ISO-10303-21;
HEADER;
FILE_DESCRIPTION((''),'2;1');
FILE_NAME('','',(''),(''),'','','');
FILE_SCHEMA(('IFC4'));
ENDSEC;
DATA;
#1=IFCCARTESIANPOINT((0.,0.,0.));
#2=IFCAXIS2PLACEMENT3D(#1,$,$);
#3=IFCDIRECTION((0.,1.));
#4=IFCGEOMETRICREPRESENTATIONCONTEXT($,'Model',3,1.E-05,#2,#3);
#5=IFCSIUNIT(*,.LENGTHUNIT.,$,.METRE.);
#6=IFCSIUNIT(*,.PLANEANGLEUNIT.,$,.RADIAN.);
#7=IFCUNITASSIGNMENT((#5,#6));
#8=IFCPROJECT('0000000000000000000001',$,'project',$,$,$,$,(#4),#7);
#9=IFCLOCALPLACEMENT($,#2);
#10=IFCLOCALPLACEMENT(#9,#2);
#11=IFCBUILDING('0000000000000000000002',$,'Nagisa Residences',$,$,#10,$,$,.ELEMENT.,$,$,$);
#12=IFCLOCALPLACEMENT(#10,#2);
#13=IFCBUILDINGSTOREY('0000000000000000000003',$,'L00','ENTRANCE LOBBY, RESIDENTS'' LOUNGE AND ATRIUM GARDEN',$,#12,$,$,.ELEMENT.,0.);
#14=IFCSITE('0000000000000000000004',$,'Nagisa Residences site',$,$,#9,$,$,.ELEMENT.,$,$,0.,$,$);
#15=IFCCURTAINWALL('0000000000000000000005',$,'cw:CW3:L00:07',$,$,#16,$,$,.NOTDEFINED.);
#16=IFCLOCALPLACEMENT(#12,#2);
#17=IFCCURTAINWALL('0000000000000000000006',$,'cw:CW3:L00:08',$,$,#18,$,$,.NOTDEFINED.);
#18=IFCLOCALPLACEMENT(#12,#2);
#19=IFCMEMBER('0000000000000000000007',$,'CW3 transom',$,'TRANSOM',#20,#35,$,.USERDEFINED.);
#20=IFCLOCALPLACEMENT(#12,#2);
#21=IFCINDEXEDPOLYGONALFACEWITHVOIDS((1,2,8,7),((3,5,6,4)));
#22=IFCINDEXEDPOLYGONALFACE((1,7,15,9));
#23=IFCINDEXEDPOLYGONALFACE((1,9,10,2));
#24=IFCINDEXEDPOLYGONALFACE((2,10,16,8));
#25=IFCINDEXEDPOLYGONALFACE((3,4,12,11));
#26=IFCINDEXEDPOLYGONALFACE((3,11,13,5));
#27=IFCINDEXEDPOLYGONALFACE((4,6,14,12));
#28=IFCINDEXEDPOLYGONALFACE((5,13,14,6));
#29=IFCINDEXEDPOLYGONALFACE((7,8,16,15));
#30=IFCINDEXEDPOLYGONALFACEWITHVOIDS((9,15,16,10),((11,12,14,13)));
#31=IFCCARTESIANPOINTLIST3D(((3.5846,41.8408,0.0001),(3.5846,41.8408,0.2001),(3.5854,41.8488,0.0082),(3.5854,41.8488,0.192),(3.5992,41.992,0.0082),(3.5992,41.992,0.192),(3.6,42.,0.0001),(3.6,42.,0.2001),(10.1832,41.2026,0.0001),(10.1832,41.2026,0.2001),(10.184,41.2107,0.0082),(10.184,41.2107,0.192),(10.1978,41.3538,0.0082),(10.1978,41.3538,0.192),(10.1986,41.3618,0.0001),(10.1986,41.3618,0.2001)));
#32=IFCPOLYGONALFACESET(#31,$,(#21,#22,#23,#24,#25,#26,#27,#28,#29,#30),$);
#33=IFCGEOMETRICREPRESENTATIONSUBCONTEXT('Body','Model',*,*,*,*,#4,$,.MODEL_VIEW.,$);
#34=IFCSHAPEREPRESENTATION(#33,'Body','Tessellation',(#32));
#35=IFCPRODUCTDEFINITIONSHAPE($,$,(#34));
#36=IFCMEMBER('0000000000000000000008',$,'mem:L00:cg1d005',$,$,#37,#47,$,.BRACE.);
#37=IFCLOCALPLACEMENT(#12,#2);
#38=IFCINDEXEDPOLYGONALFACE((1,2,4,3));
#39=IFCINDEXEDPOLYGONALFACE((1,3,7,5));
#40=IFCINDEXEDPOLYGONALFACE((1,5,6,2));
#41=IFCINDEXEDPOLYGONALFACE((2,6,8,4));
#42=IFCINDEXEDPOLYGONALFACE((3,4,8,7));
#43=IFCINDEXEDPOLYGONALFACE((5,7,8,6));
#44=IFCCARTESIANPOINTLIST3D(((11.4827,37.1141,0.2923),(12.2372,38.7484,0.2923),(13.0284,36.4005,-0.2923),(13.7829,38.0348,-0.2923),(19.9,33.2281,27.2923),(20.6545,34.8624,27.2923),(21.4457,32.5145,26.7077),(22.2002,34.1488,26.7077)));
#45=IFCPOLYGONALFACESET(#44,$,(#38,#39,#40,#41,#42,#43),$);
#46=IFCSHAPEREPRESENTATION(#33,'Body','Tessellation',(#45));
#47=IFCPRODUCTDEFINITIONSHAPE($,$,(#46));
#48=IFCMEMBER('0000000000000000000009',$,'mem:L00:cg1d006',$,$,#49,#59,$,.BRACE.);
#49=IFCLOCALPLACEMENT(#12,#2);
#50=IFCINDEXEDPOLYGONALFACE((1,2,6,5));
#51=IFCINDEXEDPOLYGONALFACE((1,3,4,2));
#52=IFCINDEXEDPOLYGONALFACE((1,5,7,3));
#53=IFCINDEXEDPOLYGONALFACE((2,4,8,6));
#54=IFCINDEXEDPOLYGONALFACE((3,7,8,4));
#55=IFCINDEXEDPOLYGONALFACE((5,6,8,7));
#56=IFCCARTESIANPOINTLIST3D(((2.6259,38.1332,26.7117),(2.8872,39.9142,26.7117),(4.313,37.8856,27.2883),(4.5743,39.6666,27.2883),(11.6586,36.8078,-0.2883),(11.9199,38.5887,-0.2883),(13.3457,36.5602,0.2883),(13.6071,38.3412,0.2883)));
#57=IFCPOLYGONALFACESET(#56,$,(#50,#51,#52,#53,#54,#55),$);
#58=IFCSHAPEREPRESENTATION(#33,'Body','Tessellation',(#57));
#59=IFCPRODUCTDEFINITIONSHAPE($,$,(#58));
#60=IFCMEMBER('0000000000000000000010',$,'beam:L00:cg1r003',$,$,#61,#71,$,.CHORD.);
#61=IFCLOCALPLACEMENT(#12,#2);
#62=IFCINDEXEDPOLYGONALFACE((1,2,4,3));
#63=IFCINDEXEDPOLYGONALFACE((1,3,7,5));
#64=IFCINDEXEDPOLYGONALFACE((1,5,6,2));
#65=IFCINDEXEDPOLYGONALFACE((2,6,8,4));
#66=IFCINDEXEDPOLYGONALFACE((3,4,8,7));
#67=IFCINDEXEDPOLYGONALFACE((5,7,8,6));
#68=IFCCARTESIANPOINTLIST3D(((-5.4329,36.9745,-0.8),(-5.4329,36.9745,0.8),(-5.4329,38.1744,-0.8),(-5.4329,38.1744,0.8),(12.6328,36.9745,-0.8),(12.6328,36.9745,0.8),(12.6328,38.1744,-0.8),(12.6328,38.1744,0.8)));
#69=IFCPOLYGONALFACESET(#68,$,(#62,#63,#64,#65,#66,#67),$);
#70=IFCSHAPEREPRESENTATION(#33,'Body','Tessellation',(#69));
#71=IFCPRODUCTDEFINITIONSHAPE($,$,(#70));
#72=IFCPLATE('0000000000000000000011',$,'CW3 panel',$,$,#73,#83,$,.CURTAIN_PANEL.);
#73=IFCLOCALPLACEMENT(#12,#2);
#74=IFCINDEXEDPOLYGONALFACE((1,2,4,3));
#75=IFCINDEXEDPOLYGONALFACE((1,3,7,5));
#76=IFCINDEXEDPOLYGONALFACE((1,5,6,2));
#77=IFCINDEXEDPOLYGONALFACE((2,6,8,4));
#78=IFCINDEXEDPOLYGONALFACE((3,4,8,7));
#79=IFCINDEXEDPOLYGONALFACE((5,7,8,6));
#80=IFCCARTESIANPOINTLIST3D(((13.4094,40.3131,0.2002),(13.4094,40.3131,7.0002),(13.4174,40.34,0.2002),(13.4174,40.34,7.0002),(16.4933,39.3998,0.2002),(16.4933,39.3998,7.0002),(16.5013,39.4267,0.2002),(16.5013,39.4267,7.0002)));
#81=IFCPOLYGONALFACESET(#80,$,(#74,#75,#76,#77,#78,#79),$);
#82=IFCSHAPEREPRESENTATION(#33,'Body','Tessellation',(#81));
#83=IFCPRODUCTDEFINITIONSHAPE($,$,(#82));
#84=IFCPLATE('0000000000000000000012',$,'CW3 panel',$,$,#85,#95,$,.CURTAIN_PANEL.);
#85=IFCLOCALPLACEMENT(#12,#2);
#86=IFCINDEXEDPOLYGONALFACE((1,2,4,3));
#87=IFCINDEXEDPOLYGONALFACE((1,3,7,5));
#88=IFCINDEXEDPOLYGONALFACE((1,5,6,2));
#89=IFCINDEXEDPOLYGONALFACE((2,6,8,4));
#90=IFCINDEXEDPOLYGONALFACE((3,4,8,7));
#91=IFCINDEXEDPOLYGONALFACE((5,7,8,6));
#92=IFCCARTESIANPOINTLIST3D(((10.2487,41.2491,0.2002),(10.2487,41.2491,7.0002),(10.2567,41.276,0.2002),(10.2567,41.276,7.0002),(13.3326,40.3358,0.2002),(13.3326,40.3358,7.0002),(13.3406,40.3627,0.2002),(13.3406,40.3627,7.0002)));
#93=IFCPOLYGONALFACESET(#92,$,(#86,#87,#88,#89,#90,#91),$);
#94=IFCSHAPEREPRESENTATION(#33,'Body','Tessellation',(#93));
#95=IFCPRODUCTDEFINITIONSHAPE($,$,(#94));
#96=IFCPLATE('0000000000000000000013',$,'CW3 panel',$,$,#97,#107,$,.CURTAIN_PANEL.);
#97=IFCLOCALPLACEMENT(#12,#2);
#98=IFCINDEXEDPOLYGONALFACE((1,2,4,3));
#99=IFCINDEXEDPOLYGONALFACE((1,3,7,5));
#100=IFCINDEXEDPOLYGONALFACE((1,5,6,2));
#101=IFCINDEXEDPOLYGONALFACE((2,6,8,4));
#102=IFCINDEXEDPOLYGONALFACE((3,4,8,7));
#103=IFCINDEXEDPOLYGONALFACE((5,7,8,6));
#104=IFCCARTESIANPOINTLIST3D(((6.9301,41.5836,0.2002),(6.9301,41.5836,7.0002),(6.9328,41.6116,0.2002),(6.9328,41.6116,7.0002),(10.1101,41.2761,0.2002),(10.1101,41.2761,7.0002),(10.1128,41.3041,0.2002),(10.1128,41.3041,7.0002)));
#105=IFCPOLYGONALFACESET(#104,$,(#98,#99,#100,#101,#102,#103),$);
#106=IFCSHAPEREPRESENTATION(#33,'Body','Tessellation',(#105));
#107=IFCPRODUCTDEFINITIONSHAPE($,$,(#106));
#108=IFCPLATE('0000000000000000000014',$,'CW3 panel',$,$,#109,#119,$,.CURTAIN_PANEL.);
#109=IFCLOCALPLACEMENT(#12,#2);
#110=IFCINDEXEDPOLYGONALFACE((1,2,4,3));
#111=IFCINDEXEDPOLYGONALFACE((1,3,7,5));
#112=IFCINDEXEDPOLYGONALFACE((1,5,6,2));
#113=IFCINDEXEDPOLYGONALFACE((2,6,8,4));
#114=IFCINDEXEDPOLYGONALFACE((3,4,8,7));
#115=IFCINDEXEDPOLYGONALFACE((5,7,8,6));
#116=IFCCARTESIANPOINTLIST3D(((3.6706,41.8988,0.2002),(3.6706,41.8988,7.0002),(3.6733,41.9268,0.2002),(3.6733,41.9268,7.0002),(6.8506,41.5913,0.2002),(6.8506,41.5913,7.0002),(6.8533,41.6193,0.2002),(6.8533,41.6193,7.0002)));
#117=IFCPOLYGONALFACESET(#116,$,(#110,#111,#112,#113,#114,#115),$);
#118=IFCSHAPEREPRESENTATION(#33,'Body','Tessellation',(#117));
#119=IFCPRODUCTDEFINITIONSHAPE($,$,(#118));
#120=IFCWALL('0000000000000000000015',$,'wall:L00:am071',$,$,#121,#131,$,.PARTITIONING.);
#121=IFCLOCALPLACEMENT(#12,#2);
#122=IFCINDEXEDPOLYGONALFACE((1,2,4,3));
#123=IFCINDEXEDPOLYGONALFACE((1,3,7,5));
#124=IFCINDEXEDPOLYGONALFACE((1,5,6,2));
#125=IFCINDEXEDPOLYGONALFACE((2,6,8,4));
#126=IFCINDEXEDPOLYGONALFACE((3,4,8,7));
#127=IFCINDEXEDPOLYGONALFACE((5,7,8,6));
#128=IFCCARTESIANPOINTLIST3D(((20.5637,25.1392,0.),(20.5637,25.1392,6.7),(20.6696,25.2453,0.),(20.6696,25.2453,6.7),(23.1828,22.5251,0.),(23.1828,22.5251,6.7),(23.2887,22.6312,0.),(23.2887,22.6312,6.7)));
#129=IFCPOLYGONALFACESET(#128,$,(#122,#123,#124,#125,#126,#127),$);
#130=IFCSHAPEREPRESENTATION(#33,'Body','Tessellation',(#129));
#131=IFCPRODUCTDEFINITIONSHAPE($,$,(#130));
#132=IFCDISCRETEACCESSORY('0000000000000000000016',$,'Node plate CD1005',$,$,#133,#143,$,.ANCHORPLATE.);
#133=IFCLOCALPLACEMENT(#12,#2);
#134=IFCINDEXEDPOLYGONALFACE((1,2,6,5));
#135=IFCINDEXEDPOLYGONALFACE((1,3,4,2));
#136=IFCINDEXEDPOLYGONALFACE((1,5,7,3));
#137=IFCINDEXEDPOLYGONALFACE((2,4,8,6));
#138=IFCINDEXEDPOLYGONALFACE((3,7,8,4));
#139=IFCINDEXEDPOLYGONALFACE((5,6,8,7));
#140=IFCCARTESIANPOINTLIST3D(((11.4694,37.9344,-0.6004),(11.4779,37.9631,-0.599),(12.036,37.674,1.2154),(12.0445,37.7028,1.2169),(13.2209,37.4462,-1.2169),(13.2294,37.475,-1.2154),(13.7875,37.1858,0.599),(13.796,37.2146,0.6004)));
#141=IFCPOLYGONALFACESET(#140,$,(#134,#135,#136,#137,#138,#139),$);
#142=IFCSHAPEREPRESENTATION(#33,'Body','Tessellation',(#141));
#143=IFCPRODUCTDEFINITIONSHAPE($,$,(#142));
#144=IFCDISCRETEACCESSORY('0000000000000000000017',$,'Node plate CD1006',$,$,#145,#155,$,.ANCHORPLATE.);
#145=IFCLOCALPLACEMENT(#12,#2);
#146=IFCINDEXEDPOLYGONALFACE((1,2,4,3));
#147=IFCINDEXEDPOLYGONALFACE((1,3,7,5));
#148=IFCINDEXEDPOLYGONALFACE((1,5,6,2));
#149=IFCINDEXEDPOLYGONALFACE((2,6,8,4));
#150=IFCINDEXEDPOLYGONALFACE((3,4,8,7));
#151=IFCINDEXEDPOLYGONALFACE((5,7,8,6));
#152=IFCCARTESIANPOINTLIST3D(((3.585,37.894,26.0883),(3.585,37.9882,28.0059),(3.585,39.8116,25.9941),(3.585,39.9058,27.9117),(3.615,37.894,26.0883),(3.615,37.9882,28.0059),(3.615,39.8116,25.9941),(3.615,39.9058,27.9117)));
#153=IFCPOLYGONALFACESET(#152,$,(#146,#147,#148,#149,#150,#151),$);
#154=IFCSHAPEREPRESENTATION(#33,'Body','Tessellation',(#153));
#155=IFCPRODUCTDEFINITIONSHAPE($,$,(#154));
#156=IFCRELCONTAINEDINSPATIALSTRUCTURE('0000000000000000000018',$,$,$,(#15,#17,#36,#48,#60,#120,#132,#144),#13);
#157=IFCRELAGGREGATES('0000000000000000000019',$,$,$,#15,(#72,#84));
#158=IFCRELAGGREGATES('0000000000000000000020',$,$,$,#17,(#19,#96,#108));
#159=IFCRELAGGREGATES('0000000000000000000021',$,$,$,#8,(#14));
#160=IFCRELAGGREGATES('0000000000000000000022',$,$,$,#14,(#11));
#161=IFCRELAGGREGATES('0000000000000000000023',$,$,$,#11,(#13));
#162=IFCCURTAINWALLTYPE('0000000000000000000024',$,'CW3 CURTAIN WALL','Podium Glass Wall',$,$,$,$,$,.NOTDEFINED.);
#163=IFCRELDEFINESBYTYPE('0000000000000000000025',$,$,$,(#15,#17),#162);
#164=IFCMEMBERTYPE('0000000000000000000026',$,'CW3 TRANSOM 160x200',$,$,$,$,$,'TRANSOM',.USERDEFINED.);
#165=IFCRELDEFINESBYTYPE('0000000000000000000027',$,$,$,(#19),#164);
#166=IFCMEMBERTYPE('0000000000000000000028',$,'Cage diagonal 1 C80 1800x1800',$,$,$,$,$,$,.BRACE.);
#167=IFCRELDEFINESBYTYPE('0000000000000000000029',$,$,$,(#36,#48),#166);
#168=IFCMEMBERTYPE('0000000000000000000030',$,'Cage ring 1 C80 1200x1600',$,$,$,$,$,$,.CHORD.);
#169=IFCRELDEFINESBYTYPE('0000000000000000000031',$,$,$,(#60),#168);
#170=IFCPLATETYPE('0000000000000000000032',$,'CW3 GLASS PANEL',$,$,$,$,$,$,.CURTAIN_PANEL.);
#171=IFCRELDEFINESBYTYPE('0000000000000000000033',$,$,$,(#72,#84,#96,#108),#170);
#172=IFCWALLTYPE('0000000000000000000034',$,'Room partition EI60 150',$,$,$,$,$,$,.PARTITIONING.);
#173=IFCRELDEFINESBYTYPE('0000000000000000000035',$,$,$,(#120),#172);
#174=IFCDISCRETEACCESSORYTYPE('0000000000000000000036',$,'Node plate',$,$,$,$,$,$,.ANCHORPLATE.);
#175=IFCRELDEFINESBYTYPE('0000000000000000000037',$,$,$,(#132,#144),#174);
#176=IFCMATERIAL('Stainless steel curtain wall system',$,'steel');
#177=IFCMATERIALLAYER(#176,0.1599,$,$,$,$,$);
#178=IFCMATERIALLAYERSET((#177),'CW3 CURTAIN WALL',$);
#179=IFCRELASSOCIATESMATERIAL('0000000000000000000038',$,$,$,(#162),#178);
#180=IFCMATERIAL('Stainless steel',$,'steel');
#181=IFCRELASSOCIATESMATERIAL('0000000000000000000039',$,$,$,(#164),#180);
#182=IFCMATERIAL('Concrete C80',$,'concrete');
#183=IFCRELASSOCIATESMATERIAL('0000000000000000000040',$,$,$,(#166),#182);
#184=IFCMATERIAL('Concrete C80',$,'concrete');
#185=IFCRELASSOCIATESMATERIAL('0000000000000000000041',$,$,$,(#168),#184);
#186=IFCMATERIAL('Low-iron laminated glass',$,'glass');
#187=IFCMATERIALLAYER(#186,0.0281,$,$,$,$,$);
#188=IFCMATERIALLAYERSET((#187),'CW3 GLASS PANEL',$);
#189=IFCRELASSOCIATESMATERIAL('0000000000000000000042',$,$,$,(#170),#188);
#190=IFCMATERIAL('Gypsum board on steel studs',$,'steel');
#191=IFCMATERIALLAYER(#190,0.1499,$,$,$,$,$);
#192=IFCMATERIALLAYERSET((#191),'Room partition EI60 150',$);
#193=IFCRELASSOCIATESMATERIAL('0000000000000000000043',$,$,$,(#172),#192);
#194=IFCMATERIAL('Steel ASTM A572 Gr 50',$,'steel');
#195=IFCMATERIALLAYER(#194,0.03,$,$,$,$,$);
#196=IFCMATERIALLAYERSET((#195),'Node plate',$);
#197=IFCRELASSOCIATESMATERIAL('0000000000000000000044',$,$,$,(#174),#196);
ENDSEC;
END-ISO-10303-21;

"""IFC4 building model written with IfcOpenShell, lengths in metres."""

from ifc_helpers import new_model, si_unit, direction, frame, frame_2d, origin, origin_2d, place, context, subcontext, project, spatial, rectangle, hollow_rectangle, extrude, material, layer, layer_set, material_profile, profile_set, type_object, element, aggregate, save


model = new_model("IFC4")

# Units and contexts
model_context = context("Model", 3, precision=1e-05, world=origin(), true_north=direction((0.0, 1.0)))
body_context = subcontext(model_context, "Body", "Model", "MODEL_VIEW")
ifc_project = project(units=[si_unit("LENGTHUNIT", "METRE"), si_unit("PLANEANGLEUNIT", "RADIAN")], contexts=[model_context])

# Site, building, storey
site_placement = place(None, origin())
site = spatial("IfcSite", under=ifc_project, at=site_placement, Name="Nagisa Residences site", CompositionType="ELEMENT", RefElevation=0.0)
building_placement = place(site_placement, origin())
building = spatial("IfcBuilding", under=site, at=building_placement, Name="Nagisa Residences", CompositionType="ELEMENT")
storey_placement = place(building_placement, origin())
storey = spatial("IfcBuildingStorey", under=building, at=storey_placement, Name="L00", Description="ENTRANCE LOBBY, RESIDENTS' LOUNGE AND ATRIUM GARDEN", CompositionType="ELEMENT", Elevation=0.0)

# Curtain wall
ifc_material_1 = material(Name="Stainless steel curtain wall system", Category="steel")
ifc_layer_1 = layer(ifc_material_1, 0.1599)
ifc_layer_set_1 = layer_set([ifc_layer_1], Name="CW3 CURTAIN WALL")
curtain_wall_type = type_object("IfcCurtainWallType", Name="CW3 CURTAIN WALL", Description="Podium Glass Wall", PredefinedType="NOTDEFINED", material=ifc_layer_set_1)
curtain_wall_1_placement = place(storey_placement, origin())
curtain_wall_1 = element("IfcCurtainWall", 1, at=curtain_wall_1_placement, inside=storey, type_object=curtain_wall_type, Name="cw:CW3:L00:07", PredefinedType="NOTDEFINED")
ifc_material_2 = material(Name="Stainless steel", Category="steel")
ifc_material_profile_1 = material_profile(ifc_material_2, hollow_rectangle(XDim=0.1599, YDim=0.2, WallThickness=0.0081, at=origin_2d()), Name="CW3 TRANSOM 160x200")
ifc_profile_set_1 = profile_set([ifc_material_profile_1], Name="Stainless steel")
member_type_1 = type_object("IfcMemberType", Name="CW3 TRANSOM 160x200", ElementType="TRANSOM", PredefinedType="USERDEFINED", material=ifc_profile_set_1)

# Curtain wall, member
curtain_wall_2_placement = place(storey_placement, origin())
curtain_wall_2 = element("IfcCurtainWall", 2, at=curtain_wall_2_placement, inside=storey, type_object=curtain_wall_type, Name="cw:CW3:L00:08", PredefinedType="NOTDEFINED")
member_1_placement = place(storey_placement, frame((10.1909, 41.2822, 0.1001), z_axis=(-0.995356, 0.096265, 0.0), x_axis=(-0.096265, -0.995356, 0.0)))
member_1 = element("IfcMember", 3, at=member_1_placement, type_object=member_type_1, Name="CW3 transom", ObjectType="TRANSOM", PredefinedType="USERDEFINED", context=body_context, shape_type="SweptSolid", body=[
    extrude(hollow_rectangle(XDim=0.1599, YDim=0.2, WallThickness=0.0081, at=origin_2d()), origin(), (0.0, 0.0, 1.0), 6.6294),
])

# Members
ifc_material_3 = material(Name="Concrete C80", Category="concrete")
ifc_material_profile_2 = material_profile(ifc_material_3, rectangle(XDim=1.8, YDim=1.8, at=origin_2d()), Name="C80 1800x1800")
ifc_profile_set_2 = profile_set([ifc_material_profile_2], Name="Concrete C80")
member_type_2 = type_object("IfcMemberType", Name="Cage diagonal 1 C80 1800x1800", PredefinedType="BRACE", material=ifc_profile_set_2)
member_2_placement = place(storey_placement, frame((12.6328, 37.5745, 0.0), z_axis=(0.294852, -0.136124, 0.945797), x_axis=(0.419157, 0.907914, 0.0)))
element("IfcMember", 4, at=member_2_placement, inside=storey, type_object=member_type_2, Name="mem:L00:cg1d005", PredefinedType="BRACE", context=body_context, shape_type="SweptSolid", body=[
    extrude(rectangle(XDim=1.8, YDim=1.8, at=origin_2d()), origin(), (0.0, 0.0, 1.0), 28.5474),
])
member_3_placement = place(storey_placement, frame((12.6328, 37.5745, 0.0), z_axis=(-0.316918, 0.046504, 0.947312), x_axis=(-0.145183, -0.989405, 0.0)))
element("IfcMember", 5, at=member_3_placement, inside=storey, type_object=member_type_2, Name="mem:L00:cg1d006", PredefinedType="BRACE", context=body_context, shape_type="SweptSolid", body=[
    extrude(rectangle(XDim=1.8, YDim=1.8, at=origin_2d()), origin(), (0.0, 0.0, 1.0), 28.5017),
])
ifc_material_4 = material(Name="Concrete C80", Category="concrete")
ifc_material_profile_3 = material_profile(ifc_material_4, rectangle(XDim=1.2, YDim=1.6001, at=origin_2d()), Name="C80 1200x1600")
ifc_profile_set_3 = profile_set([ifc_material_profile_3], Name="Concrete C80")
member_type_3 = type_object("IfcMemberType", Name="Cage ring 1 C80 1200x1600", PredefinedType="CHORD", material=ifc_profile_set_3)
member_4_placement = place(storey_placement, frame((12.6328, 37.5745, 0.0), z_axis=(-1.0, 0.0, 0.0), x_axis=(0.0, -1.0, 0.0)))
element("IfcMember", 6, at=member_4_placement, inside=storey, type_object=member_type_3, Name="beam:L00:cg1r003", PredefinedType="CHORD", context=body_context, shape_type="SweptSolid", body=[
    extrude(rectangle(XDim=1.2, YDim=1.6001, at=origin_2d()), origin(), (0.0, 0.0, 1.0), 18.0657),
])

# Plates
ifc_material_5 = material(Name="Low-iron laminated glass", Category="glass")
ifc_layer_2 = layer(ifc_material_5, 0.0281)
ifc_layer_set_2 = layer_set([ifc_layer_2], Name="CW3 GLASS PANEL")
plate_type = type_object("IfcPlateType", Name="CW3 GLASS PANEL", PredefinedType="CURTAIN_PANEL", material=ifc_layer_set_2)
plate_1_placement = place(storey_placement, frame((14.9553, 39.8699, 0.2002), z_axis=(0.0, 0.0, 1.0), x_axis=(-0.958835, 0.283963, 0.0)))
plate_1 = element("IfcPlate", 7, at=plate_1_placement, type_object=plate_type, Name="CW3 panel", PredefinedType="CURTAIN_PANEL", context=body_context, shape_type="SweptSolid", body=[
    extrude(rectangle(XDim=3.2163, YDim=0.0281, at=origin_2d()), origin(), (0.0, 0.0, 1.0), 6.8),
])
plate_2_placement = place(storey_placement, frame((11.7947, 40.8059, 0.2002), z_axis=(0.0, 0.0, 1.0), x_axis=(-0.958835, 0.283963, 0.0)))
plate_2 = element("IfcPlate", 8, at=plate_2_placement, type_object=plate_type, Name="CW3 panel", PredefinedType="CURTAIN_PANEL", context=body_context, shape_type="SweptSolid", body=[
    extrude(rectangle(XDim=3.2163, YDim=0.0281, at=origin_2d()), origin(), (0.0, 0.0, 1.0), 6.8),
])
aggregate(curtain_wall_1, [plate_1, plate_2])
plate_3_placement = place(storey_placement, frame((8.5215, 41.4438, 0.2002), z_axis=(0.0, 0.0, 1.0), x_axis=(-0.995357, 0.096249, 0.0)))
plate_3 = element("IfcPlate", 9, at=plate_3_placement, type_object=plate_type, Name="CW3 panel", PredefinedType="CURTAIN_PANEL", context=body_context, shape_type="SweptSolid", body=[
    extrude(rectangle(XDim=3.1948, YDim=0.0281, at=origin_2d()), origin(), (0.0, 0.0, 1.0), 6.8),
])
plate_4_placement = place(storey_placement, frame((5.262, 41.759, 0.2002), z_axis=(0.0, 0.0, 1.0), x_axis=(-0.995357, 0.096249, 0.0)))
plate_4 = element("IfcPlate", 10, at=plate_4_placement, type_object=plate_type, Name="CW3 panel", PredefinedType="CURTAIN_PANEL", context=body_context, shape_type="SweptSolid", body=[
    extrude(rectangle(XDim=3.1948, YDim=0.0281, at=origin_2d()), origin(), (0.0, 0.0, 1.0), 6.8),
])
aggregate(curtain_wall_2, [member_1, plate_3, plate_4])

# Wall
ifc_material_6 = material(Name="Gypsum board on steel studs", Category="steel")
ifc_layer_3 = layer(ifc_material_6, 0.1499)
ifc_layer_set_3 = layer_set([ifc_layer_3], Name="Room partition EI60 150")
wall_type_1 = type_object("IfcWallType", Name="Room partition EI60 150", PredefinedType="PARTITIONING", material=ifc_layer_set_3)
wall_1_placement = place(storey_placement, frame((20.6167, 25.1921, 0.0), z_axis=(0.0, 0.0, 1.0), x_axis=(0.707799, -0.706414, 0.0)))
element("IfcWall", 11, at=wall_1_placement, inside=storey, type_object=wall_type_1, Name="wall:L00:am071", PredefinedType="PARTITIONING", context=body_context, shape_type="SweptSolid", body=[
    extrude(rectangle(XDim=3.7004, YDim=0.1499, at=frame_2d((1.8501, 0.0))), origin(), (0.0, 0.0, 1.0), 6.7),
])

# Discrete accessories
ifc_material_7 = material(Name="Steel ASTM A572 Gr 50", Category="steel")
ifc_layer_4 = layer(ifc_material_7, 0.03)
ifc_layer_set_4 = layer_set([ifc_layer_4], Name="Node plate")
discrete_accessory_type = type_object("IfcDiscreteAccessoryType", Name="Node plate", PredefinedType="ANCHORPLATE", material=ifc_layer_set_4)
for number, where, z_axis, x_axis, name in (
    (12, (12.637, 37.5889, 0.0007), (-0.284028, -0.957579, -0.04869), (0.295093, -0.135619, 0.945795), "Node plate CD1005"),
    (13, (3.615, 38.8999, 27.0), (-1.0, 0.0, 0.0), (0.0, -0.049033, -0.998797), "Node plate CD1006"),
):
    element("IfcDiscreteAccessory", number, at=place(storey_placement, frame(where, z_axis=z_axis, x_axis=x_axis)), inside=storey, type_object=discrete_accessory_type, Name=name, PredefinedType="ANCHORPLATE", context=body_context, shape_type="SweptSolid", body=[
        extrude(rectangle(XDim=1.9199, YDim=1.9199, at=origin_2d()), origin(), (0.0, 0.0, 1.0), 0.03),
    ])

save(model, "model.ifc")
